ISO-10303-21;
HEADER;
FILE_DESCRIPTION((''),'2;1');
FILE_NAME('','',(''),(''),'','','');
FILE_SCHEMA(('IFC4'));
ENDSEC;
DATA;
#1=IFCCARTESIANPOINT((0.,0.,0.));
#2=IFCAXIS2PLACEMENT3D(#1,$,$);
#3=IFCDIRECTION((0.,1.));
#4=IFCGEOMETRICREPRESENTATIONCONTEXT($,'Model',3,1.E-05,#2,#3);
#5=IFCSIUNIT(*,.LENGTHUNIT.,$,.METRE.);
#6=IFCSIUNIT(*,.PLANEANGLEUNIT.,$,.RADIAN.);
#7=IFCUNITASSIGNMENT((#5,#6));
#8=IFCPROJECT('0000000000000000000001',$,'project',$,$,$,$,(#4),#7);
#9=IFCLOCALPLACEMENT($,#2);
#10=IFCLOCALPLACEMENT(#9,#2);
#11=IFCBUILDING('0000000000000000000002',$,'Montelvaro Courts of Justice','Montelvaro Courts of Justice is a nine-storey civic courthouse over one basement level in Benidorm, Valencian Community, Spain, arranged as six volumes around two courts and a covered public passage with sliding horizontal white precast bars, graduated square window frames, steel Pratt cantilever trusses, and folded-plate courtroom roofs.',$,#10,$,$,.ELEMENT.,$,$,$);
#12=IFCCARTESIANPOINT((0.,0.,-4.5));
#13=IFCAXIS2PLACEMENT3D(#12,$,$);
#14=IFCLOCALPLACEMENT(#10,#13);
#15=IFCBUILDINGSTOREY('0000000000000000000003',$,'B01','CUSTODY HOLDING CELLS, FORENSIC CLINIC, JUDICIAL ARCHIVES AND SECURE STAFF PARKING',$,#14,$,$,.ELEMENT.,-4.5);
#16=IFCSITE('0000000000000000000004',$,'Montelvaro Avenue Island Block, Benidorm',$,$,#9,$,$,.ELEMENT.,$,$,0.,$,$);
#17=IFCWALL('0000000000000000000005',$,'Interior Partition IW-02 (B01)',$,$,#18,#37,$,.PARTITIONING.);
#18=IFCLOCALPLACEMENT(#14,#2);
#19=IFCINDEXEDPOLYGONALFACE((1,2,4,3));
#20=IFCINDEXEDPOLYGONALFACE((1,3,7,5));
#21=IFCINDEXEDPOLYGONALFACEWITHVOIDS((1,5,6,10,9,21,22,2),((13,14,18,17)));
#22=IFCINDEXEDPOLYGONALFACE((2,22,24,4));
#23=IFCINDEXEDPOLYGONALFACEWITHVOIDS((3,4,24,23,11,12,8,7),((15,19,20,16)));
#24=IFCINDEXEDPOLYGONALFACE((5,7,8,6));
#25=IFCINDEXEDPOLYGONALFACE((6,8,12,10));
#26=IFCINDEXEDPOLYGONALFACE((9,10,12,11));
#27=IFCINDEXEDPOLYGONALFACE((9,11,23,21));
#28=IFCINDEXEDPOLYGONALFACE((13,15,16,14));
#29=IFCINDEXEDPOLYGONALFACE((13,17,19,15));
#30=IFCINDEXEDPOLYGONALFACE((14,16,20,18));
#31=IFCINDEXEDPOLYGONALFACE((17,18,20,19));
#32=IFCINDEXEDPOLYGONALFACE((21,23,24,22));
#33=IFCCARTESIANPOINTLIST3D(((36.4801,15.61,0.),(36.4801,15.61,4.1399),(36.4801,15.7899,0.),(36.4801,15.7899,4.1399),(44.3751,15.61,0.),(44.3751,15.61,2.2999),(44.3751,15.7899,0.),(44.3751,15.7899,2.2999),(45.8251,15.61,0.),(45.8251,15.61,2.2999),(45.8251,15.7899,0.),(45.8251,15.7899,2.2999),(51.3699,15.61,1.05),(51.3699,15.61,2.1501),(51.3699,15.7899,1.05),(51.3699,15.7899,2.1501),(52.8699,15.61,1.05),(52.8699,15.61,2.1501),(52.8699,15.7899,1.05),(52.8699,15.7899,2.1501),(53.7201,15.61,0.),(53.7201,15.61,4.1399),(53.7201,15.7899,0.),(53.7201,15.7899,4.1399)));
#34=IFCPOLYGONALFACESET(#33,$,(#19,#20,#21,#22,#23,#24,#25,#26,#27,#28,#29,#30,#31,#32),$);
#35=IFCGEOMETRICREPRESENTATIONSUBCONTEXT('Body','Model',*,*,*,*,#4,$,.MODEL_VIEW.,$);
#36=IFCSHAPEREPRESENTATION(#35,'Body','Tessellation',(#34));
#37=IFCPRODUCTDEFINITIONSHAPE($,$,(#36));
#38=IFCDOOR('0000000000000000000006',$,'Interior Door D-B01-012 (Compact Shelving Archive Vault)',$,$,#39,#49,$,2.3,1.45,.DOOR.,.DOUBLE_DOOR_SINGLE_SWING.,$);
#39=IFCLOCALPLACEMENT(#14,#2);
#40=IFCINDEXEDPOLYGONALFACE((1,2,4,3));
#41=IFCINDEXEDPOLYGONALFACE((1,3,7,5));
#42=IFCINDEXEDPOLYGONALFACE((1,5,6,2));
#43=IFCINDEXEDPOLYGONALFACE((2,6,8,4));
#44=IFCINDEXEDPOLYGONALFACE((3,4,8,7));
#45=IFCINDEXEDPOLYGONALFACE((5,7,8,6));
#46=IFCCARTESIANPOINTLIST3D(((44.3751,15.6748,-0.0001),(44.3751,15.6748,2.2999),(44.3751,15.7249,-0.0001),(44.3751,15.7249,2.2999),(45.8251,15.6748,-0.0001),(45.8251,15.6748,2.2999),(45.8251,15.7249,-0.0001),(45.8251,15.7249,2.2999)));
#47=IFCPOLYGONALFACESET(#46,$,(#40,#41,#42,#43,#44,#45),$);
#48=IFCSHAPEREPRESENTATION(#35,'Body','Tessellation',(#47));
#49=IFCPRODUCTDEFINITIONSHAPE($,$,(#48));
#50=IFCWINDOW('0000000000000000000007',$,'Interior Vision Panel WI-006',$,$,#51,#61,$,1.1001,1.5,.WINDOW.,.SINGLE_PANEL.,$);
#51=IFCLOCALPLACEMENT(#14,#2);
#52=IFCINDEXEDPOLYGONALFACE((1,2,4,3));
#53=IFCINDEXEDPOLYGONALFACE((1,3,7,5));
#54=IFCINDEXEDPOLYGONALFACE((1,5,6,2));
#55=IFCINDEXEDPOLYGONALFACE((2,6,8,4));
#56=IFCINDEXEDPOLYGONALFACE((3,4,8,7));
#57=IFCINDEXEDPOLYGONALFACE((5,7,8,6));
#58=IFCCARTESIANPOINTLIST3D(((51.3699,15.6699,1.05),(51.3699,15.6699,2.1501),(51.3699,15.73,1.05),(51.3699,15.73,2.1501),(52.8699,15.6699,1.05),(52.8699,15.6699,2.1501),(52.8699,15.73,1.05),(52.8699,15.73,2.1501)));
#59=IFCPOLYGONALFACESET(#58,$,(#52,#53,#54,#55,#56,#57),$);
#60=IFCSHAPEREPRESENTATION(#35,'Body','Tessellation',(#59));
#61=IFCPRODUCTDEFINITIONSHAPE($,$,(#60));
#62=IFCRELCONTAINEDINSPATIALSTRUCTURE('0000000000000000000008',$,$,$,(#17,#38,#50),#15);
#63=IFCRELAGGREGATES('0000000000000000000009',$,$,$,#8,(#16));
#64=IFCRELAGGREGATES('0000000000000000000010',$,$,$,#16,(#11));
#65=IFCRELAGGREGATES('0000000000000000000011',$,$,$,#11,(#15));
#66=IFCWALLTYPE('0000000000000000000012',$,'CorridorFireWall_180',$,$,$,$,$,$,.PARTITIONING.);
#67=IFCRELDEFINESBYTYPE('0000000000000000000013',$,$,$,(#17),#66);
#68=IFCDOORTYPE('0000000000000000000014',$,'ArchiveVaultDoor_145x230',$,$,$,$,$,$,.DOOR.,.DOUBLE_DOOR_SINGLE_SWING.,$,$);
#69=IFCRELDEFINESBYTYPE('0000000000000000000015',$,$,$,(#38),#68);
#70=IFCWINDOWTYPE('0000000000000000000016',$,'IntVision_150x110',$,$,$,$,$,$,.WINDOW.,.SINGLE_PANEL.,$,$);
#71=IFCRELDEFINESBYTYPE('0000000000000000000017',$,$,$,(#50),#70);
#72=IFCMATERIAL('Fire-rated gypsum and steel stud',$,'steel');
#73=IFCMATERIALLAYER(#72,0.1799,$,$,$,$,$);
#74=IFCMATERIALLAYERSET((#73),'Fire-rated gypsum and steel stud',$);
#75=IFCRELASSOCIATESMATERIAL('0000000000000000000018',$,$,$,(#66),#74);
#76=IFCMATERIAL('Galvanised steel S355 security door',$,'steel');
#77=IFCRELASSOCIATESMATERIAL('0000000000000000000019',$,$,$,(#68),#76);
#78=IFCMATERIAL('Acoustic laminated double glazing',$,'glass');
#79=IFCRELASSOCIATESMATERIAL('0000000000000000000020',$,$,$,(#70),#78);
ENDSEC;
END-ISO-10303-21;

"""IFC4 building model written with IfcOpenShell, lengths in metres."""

from ifc_helpers import new_model, si_unit, direction, frame, frame_2d, origin, place, context, subcontext, project, spatial, rectangle, extrude, material, layer, layer_set, type_object, element, fill, save


model = new_model("IFC4")

# Units and contexts
model_context = context("Model", 3, precision=1e-05, world=origin(), true_north=direction((0.0, 1.0)))
body_context = subcontext(model_context, "Body", "Model", "MODEL_VIEW")
ifc_project = project(units=[si_unit("LENGTHUNIT", "METRE"), si_unit("PLANEANGLEUNIT", "RADIAN")], contexts=[model_context])

# Site, building, storey
site_placement = place(None, origin())
site = spatial("IfcSite", under=ifc_project, at=site_placement, Name="Montelvaro Avenue Island Block, Benidorm", CompositionType="ELEMENT", RefElevation=0.0)
building_placement = place(site_placement, origin())
building = spatial("IfcBuilding", under=site, at=building_placement, Name="Montelvaro Courts of Justice", Description="Montelvaro Courts of Justice is a nine-storey civic courthouse over one basement level in Benidorm, Valencian Community, Spain, arranged as six volumes around two courts and a covered public passage with sliding horizontal white precast bars, graduated square window frames, steel Pratt cantilever trusses, and folded-plate courtroom roofs.", CompositionType="ELEMENT")
storey_placement = place(building_placement, frame((0.0, 0.0, -4.5)))
storey = spatial("IfcBuildingStorey", under=building, at=storey_placement, Name="B01", Description="CUSTODY HOLDING CELLS, FORENSIC CLINIC, JUDICIAL ARCHIVES AND SECURE STAFF PARKING", CompositionType="ELEMENT", Elevation=-4.5)

# Wall, openings, door, window
ifc_material_1 = material(Name="Fire-rated gypsum and steel stud", Category="steel")
ifc_layer = layer(ifc_material_1, 0.1799)
ifc_layer_set = layer_set([ifc_layer], Name="Fire-rated gypsum and steel stud")
wall_type = type_object("IfcWallType", Name="CorridorFireWall_180", PredefinedType="PARTITIONING", material=ifc_layer_set)
wall_placement = place(storey_placement, frame((36.48, 15.7, 0.0), z_axis=(0.0, 0.0, 1.0), x_axis=(1.0, 0.0, 0.0)))
wall = element("IfcWall", 1, at=wall_placement, inside=storey, type_object=wall_type, Name="Interior Partition IW-02 (B01)", PredefinedType="PARTITIONING", context=body_context, shape_type="SweptSolid", body=[
    extrude(rectangle(XDim=17.24, YDim=0.1799, at=frame_2d((8.6201, 0.0))), origin(), (0.0, 0.0, 1.0), 4.1399),
])
opening_1_placement = place(wall_placement, frame((7.895, 0.0, 0.0)))
opening_1 = element("IfcOpeningElement", 2, at=opening_1_placement, cuts=wall, PredefinedType="OPENING", context=body_context, shape_type="SweptSolid", body=[
    extrude(rectangle(XDim=1.45, YDim=2.3, at=frame_2d((0.7251, 1.1499))), frame((0.0, 0.105, 0.0), z_axis=(0.0, -1.0, 0.0), x_axis=(1.0, 0.0, 0.0)), (0.0, 0.0, 1.0), 0.2097),
])
opening_2_placement = place(wall_placement, frame((14.8899, 0.0, 1.05)))
opening_2 = element("IfcOpeningElement", 3, at=opening_2_placement, cuts=wall, PredefinedType="OPENING", context=body_context, shape_type="SweptSolid", body=[
    extrude(rectangle(XDim=1.5, YDim=1.1001, at=frame_2d((0.75, 0.55))), frame((0.0, 0.105, 0.0), z_axis=(0.0, -1.0, 0.0), x_axis=(1.0, 0.0, 0.0)), (0.0, 0.0, 1.0), 0.2097),
])
ifc_material_2 = material(Name="Galvanised steel S355 security door", Category="steel")
door_type = type_object("IfcDoorType", Name="ArchiveVaultDoor_145x230", OperationType="DOUBLE_DOOR_SINGLE_SWING", PredefinedType="DOOR", material=ifc_material_2)
door_placement = place(opening_1_placement, origin())
door = element("IfcDoor", 4, at=door_placement, inside=storey, type_object=door_type, Name="Interior Door D-B01-012 (Compact Shelving Archive Vault)", OperationType="DOUBLE_DOOR_SINGLE_SWING", OverallHeight=2.3, OverallWidth=1.45, PredefinedType="DOOR", context=body_context, shape_type="SweptSolid", body=[
    extrude(rectangle(XDim=1.45, YDim=2.3, at=frame_2d((0.7251, 1.1499))), frame((0.0, 0.0249, 0.0), z_axis=(0.0, -1.0, 0.0), x_axis=(1.0, 0.0, 0.0)), (0.0, 0.0, 1.0), 0.05),
])
fill(opening_1, door)
ifc_material_3 = material(Name="Acoustic laminated double glazing", Category="glass")
window_type = type_object("IfcWindowType", Name="IntVision_150x110", PartitioningType="SINGLE_PANEL", PredefinedType="WINDOW", material=ifc_material_3)
window_placement = place(opening_2_placement, origin())
window = element("IfcWindow", 5, at=window_placement, inside=storey, type_object=window_type, Name="Interior Vision Panel WI-006", OverallHeight=1.1001, OverallWidth=1.5, PartitioningType="SINGLE_PANEL", PredefinedType="WINDOW", context=body_context, shape_type="SweptSolid", body=[
    extrude(rectangle(XDim=1.5, YDim=1.1001, at=frame_2d((0.75, 0.55))), frame((0.0, 0.03, 0.0), z_axis=(0.0, -1.0, 0.0), x_axis=(1.0, 0.0, 0.0)), (0.0, 0.0, 1.0), 0.0601),
])
fill(opening_2, window)

save(model, "model.ifc")
